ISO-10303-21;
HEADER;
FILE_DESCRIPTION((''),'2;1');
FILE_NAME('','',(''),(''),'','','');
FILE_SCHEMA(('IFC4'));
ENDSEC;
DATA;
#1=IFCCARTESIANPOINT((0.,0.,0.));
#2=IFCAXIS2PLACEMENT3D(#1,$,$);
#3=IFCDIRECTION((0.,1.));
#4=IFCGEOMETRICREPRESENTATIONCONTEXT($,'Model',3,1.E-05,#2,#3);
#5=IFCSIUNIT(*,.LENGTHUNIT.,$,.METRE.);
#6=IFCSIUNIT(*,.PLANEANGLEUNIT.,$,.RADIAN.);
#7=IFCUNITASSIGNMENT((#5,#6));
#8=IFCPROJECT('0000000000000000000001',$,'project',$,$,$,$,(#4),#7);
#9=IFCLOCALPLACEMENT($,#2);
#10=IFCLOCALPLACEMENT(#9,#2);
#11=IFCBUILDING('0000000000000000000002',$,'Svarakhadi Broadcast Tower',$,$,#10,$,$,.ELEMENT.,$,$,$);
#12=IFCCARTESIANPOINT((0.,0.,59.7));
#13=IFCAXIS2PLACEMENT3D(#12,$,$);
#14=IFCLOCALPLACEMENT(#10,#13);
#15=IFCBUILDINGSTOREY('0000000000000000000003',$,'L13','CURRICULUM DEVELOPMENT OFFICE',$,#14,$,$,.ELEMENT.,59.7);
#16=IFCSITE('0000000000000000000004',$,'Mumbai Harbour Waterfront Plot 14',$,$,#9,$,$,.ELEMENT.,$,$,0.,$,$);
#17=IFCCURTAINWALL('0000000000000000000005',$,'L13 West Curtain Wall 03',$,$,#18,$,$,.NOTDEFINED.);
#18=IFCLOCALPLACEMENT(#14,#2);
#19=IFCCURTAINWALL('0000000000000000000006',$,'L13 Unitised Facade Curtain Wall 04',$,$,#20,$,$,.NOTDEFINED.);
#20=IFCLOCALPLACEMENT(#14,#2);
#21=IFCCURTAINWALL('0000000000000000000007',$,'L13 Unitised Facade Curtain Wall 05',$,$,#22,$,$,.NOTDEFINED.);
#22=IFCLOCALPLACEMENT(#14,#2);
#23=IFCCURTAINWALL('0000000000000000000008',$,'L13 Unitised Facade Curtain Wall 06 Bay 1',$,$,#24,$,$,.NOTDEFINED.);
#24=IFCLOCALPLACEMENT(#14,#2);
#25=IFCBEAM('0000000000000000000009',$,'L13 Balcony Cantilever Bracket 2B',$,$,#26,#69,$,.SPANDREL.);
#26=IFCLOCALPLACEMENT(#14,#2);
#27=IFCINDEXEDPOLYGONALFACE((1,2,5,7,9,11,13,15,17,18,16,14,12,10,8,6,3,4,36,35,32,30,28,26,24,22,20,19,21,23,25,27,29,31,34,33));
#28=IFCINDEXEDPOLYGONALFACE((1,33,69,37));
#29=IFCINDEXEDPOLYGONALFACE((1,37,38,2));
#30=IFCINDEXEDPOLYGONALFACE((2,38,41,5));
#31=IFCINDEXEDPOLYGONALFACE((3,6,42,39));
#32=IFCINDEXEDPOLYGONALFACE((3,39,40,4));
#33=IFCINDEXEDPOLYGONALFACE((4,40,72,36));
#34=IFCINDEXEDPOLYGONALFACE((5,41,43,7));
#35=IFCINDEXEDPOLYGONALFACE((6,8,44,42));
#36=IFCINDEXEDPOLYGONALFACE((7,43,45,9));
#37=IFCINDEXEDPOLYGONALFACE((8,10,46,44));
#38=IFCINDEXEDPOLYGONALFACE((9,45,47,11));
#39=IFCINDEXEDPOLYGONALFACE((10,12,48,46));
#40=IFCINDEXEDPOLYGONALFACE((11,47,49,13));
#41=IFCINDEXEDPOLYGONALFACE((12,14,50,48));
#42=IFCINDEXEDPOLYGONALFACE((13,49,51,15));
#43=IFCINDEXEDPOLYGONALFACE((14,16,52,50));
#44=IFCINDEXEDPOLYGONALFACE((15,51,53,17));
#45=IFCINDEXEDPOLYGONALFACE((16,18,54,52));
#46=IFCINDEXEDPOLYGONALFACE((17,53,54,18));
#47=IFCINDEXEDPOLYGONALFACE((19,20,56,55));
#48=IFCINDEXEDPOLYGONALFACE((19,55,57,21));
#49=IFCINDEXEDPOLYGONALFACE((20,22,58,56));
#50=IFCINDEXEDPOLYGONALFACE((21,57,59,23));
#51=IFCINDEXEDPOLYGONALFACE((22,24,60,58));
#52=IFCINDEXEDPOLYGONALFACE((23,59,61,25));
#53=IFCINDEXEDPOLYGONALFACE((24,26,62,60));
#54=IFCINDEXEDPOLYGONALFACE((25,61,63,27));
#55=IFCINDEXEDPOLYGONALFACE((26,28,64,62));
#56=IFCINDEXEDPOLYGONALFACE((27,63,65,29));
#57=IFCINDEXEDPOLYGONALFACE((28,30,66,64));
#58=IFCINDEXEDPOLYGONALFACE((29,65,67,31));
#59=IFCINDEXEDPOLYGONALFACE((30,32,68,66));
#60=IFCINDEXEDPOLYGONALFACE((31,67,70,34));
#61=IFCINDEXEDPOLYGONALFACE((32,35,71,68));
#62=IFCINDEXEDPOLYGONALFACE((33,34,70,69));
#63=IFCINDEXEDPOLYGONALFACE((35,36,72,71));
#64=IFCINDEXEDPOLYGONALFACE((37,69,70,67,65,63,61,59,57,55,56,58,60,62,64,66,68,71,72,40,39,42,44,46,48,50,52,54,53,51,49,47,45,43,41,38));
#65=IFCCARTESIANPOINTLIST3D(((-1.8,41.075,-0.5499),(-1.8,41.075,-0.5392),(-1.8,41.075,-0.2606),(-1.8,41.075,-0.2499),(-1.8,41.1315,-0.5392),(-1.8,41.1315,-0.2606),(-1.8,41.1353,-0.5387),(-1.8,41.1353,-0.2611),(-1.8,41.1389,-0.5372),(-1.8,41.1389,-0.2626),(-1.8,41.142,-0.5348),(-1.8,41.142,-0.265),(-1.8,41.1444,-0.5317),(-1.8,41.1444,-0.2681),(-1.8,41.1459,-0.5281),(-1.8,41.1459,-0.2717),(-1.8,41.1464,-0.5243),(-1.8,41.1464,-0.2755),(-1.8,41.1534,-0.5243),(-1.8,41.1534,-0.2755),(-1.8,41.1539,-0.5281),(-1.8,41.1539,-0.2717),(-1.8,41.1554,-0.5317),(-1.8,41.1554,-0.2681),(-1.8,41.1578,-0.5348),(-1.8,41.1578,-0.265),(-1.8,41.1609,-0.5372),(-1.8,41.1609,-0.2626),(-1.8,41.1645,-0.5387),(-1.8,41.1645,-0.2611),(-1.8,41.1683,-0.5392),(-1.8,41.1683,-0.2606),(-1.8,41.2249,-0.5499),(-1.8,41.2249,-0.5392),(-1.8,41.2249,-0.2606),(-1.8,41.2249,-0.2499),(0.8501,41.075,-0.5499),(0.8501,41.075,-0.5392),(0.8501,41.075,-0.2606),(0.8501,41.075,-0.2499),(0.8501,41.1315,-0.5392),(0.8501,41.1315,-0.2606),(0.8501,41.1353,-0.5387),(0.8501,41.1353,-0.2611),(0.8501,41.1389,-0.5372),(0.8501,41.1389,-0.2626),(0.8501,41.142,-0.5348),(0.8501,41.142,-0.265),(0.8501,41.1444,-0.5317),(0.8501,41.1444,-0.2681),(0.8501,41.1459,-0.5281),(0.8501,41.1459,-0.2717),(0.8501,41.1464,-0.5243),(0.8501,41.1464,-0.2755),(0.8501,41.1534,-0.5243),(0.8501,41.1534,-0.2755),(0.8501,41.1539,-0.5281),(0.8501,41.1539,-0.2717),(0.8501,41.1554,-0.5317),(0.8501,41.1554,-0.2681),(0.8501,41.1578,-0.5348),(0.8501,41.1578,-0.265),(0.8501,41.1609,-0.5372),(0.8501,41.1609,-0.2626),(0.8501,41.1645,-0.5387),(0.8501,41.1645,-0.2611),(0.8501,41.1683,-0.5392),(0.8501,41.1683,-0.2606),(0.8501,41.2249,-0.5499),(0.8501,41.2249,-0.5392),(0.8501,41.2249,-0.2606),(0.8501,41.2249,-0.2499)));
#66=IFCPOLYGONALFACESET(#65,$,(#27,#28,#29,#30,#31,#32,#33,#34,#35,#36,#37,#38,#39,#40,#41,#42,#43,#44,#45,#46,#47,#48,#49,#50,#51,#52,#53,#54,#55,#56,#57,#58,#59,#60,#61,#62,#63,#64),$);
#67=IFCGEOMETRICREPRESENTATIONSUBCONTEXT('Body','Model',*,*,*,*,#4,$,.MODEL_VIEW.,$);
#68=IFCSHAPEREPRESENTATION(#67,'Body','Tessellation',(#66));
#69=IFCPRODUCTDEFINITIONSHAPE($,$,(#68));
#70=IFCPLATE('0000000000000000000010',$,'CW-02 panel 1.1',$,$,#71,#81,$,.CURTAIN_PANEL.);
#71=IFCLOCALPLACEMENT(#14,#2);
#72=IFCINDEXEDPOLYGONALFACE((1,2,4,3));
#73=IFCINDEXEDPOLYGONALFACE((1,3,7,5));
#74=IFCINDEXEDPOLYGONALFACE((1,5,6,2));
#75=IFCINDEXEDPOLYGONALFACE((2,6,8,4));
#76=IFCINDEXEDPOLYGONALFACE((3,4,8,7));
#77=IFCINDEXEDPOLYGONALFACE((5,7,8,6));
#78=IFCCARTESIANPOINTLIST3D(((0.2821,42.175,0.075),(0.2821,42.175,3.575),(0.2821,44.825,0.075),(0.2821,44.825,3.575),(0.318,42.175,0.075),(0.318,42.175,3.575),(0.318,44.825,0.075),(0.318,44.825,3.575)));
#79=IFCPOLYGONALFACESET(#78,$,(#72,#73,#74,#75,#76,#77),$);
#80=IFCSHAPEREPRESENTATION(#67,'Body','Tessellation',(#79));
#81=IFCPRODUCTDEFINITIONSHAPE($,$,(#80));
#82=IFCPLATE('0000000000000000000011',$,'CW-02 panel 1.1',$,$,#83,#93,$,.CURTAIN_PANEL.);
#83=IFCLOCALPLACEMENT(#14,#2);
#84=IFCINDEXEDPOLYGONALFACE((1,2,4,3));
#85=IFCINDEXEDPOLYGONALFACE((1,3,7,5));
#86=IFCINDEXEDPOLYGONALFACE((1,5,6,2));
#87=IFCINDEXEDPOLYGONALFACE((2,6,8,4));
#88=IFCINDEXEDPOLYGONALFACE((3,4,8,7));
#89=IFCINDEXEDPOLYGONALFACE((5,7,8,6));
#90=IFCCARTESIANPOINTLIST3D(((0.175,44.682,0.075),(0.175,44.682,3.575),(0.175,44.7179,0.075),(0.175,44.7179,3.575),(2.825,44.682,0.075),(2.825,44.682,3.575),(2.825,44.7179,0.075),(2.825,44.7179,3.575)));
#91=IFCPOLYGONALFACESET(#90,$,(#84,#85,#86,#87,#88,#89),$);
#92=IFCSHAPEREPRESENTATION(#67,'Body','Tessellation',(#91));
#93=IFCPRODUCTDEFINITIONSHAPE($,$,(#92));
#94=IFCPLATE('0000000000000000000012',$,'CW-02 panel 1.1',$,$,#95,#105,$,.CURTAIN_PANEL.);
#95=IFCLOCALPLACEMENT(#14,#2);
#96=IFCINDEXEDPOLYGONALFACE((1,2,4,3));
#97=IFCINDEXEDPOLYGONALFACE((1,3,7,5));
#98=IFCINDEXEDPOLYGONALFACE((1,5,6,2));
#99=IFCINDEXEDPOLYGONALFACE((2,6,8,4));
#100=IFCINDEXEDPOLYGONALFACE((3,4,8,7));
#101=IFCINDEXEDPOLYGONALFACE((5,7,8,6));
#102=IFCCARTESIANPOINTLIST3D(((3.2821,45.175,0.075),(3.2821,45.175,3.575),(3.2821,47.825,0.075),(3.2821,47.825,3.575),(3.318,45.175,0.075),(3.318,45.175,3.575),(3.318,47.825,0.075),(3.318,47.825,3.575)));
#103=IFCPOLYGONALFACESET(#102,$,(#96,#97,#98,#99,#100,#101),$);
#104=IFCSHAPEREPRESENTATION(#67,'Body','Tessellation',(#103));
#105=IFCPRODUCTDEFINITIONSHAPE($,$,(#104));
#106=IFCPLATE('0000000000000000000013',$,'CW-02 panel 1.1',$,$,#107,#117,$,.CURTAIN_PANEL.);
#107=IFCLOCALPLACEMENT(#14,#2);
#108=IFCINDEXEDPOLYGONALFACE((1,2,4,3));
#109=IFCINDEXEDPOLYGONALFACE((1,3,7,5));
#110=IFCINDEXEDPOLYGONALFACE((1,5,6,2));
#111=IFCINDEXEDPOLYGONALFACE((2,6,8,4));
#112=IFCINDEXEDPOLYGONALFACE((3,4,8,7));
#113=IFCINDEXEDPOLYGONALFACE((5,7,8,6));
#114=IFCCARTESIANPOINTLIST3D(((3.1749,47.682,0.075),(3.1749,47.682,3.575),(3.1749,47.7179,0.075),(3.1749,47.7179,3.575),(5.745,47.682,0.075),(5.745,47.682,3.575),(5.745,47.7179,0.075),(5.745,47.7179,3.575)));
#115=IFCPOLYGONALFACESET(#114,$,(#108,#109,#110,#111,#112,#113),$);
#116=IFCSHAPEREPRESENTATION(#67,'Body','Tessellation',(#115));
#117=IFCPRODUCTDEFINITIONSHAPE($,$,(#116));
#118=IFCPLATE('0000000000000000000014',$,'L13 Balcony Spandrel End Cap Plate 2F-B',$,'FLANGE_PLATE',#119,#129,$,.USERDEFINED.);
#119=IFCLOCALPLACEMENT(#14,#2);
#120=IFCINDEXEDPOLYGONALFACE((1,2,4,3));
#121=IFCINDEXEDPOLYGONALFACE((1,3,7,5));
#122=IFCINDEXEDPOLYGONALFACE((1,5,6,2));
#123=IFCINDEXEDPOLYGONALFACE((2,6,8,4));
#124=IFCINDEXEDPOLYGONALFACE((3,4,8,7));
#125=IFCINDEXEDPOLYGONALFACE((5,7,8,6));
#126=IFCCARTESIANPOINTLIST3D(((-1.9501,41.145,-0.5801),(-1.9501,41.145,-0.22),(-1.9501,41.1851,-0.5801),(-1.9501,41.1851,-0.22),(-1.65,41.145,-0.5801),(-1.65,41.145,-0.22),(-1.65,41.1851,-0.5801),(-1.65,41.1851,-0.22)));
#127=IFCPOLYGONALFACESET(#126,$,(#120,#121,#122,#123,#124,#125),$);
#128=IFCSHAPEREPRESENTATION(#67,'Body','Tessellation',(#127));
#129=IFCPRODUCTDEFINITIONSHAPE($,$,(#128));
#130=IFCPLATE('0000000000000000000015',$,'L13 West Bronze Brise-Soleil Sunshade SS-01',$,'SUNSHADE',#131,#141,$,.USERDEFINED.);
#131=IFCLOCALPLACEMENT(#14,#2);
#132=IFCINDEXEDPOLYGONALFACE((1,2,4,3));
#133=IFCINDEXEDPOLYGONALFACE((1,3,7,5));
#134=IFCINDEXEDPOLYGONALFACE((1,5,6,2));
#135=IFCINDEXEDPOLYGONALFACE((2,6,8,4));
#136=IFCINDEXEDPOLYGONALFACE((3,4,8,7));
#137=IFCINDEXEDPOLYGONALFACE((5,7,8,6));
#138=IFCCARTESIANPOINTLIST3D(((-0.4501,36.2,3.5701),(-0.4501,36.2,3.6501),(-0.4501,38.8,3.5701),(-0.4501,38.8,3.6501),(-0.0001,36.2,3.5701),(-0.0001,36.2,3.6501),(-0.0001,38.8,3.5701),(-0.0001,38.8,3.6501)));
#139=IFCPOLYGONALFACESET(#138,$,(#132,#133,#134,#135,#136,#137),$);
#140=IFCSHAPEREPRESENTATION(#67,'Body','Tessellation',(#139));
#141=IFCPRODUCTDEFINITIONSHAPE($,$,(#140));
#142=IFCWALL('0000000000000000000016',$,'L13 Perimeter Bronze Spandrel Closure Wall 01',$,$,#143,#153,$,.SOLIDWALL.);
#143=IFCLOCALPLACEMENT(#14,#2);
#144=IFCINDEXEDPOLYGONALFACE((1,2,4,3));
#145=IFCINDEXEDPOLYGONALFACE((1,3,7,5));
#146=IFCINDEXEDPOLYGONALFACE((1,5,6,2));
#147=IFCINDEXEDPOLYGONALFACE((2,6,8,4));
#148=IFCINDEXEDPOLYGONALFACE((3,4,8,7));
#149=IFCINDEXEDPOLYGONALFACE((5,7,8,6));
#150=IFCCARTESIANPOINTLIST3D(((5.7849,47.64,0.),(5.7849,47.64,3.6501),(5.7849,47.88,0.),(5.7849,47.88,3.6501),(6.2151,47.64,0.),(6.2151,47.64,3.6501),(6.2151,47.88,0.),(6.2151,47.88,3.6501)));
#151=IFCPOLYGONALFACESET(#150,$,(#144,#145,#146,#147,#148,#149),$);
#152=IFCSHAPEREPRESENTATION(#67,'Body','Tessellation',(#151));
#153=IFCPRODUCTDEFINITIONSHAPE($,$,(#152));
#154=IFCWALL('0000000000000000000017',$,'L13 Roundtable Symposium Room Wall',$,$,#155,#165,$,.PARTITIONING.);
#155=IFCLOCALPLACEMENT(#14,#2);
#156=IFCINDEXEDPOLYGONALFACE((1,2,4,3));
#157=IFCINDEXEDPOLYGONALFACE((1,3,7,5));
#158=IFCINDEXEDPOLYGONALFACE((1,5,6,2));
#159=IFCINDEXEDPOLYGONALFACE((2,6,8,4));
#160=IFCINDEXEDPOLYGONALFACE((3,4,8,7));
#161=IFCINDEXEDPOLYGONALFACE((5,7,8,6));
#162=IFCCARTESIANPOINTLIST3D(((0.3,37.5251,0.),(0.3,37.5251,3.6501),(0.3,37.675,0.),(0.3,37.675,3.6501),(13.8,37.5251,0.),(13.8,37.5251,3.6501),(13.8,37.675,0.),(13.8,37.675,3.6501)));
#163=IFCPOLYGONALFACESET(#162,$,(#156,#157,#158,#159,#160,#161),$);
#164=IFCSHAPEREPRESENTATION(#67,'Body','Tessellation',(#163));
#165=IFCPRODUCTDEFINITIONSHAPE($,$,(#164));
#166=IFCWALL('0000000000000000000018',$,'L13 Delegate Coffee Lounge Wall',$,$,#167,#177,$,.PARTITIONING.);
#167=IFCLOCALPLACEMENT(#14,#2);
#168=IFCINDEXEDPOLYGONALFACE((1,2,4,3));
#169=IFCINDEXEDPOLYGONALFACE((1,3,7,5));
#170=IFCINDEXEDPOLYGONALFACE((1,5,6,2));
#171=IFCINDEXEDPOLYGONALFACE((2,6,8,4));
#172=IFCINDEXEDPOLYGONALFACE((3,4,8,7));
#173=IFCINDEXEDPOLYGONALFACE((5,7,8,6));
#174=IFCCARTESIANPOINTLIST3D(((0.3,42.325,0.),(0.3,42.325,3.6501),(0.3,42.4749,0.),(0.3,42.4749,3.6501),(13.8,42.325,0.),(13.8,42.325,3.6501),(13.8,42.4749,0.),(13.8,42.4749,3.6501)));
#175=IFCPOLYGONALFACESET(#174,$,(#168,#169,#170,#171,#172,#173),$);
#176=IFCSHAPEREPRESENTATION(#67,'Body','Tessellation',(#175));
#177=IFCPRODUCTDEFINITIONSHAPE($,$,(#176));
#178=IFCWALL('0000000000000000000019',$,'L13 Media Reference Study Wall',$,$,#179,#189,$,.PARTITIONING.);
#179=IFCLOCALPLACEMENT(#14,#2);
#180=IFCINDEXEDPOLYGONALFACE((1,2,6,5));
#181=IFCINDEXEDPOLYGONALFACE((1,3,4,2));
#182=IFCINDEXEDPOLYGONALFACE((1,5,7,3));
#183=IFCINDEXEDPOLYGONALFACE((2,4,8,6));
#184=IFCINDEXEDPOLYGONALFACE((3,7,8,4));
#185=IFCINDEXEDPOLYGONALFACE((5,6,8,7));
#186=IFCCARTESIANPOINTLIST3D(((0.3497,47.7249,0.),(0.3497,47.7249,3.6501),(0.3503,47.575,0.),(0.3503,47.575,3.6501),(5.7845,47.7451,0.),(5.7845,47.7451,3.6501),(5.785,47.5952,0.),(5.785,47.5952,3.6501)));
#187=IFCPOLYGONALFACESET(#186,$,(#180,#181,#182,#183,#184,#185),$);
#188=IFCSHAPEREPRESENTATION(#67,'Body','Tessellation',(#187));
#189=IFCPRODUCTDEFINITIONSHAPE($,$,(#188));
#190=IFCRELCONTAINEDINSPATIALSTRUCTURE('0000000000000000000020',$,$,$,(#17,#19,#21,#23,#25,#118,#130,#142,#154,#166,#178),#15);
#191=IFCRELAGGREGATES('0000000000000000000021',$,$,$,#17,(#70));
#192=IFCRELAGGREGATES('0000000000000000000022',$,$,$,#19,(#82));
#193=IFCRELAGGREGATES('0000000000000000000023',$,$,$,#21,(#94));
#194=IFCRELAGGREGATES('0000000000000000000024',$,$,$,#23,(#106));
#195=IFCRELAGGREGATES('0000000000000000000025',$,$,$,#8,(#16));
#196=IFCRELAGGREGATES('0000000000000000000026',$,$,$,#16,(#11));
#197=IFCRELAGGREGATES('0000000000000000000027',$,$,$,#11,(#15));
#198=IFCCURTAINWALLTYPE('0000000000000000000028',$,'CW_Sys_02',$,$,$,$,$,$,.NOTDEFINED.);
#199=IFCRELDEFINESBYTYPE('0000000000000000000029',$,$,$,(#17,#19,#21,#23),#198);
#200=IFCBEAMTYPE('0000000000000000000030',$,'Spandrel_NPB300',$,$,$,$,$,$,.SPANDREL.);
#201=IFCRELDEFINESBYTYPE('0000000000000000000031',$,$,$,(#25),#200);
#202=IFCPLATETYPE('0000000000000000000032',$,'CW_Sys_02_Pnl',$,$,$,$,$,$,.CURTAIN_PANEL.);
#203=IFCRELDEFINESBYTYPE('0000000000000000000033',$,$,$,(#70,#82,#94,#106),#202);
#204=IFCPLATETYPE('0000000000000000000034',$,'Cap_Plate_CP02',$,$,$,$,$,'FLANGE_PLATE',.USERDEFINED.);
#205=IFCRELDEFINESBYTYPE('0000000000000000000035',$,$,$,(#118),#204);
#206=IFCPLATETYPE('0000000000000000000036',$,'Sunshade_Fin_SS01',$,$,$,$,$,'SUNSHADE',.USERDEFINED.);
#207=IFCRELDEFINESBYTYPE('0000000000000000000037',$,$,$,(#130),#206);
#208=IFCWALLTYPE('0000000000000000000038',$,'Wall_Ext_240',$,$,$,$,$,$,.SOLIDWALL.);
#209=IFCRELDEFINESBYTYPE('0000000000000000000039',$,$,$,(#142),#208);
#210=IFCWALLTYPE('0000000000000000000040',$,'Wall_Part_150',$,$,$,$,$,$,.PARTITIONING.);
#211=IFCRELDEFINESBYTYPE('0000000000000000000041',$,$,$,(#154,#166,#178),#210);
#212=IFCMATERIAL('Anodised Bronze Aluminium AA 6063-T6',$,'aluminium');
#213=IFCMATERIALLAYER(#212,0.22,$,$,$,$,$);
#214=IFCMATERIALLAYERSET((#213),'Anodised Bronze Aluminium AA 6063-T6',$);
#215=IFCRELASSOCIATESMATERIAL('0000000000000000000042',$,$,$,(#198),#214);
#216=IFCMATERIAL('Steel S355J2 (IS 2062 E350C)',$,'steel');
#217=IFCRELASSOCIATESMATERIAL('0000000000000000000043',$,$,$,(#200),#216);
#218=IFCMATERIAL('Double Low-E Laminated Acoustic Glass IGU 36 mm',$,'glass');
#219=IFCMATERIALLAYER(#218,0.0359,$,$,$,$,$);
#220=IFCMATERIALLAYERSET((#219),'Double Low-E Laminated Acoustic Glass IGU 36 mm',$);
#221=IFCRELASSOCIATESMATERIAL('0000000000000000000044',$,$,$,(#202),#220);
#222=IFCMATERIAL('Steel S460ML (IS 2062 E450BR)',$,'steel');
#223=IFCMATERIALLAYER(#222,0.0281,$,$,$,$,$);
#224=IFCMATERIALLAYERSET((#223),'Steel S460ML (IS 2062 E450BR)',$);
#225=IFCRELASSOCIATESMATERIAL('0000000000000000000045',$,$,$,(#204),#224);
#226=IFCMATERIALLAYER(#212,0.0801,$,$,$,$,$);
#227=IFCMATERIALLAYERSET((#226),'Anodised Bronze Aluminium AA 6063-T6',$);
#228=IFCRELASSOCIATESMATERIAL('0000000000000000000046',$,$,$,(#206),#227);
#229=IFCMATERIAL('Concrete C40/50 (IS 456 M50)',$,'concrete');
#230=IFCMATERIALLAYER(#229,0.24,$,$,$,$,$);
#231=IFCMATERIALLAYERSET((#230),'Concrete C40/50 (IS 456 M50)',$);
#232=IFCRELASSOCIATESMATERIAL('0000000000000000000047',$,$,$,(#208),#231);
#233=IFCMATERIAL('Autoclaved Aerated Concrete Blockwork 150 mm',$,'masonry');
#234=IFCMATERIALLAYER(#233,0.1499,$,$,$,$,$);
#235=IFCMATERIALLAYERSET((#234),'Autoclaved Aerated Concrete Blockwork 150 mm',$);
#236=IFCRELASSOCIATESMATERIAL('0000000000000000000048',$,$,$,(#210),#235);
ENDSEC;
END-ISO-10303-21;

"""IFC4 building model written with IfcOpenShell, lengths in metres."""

from ifc_helpers import new_model, si_unit, direction, frame, frame_2d, origin, origin_2d, place, context, subcontext, project, spatial, rectangle, i_section, extrude, material, layer, layer_set, material_profile, profile_set, type_object, element, aggregate, save


model = new_model("IFC4")

# Units and contexts
model_context = context("Model", 3, precision=1e-05, world=origin(), true_north=direction((0.0, 1.0)))
body_context = subcontext(model_context, "Body", "Model", "MODEL_VIEW")
ifc_project = project(units=[si_unit("LENGTHUNIT", "METRE"), si_unit("PLANEANGLEUNIT", "RADIAN")], contexts=[model_context])

# Site, building, storey
site_placement = place(None, origin())
site = spatial("IfcSite", under=ifc_project, at=site_placement, Name="Mumbai Harbour Waterfront Plot 14", CompositionType="ELEMENT", RefElevation=0.0)
building_placement = place(site_placement, origin())
building = spatial("IfcBuilding", under=site, at=building_placement, Name="Svarakhadi Broadcast Tower", CompositionType="ELEMENT")
storey_placement = place(building_placement, frame((0.0, 0.0, 59.7)))
storey = spatial("IfcBuildingStorey", under=building, at=storey_placement, Name="L13", Description="CURRICULUM DEVELOPMENT OFFICE", CompositionType="ELEMENT", Elevation=59.7)

# Shared definitions
ifc_material_1 = material(Name="Steel S460ML (IS 2062 E450BR)", Category="steel")

# Shared definitions
ifc_material_2 = material(Name="Steel S355J2 (IS 2062 E350C)", Category="steel")

# Curtain walls
ifc_material_3 = material(Name="Anodised Bronze Aluminium AA 6063-T6", Category="aluminium")
ifc_layer_1 = layer(ifc_material_3, 0.22)
ifc_layer_set_1 = layer_set([ifc_layer_1], Name="Anodised Bronze Aluminium AA 6063-T6")
curtain_wall_type = type_object("IfcCurtainWallType", Name="CW_Sys_02", PredefinedType="NOTDEFINED", material=ifc_layer_set_1)
curtain_wall_1_placement = place(storey_placement, origin())
curtain_wall_1 = element("IfcCurtainWall", 1, at=curtain_wall_1_placement, inside=storey, type_object=curtain_wall_type, Name="L13 West Curtain Wall 03", PredefinedType="NOTDEFINED")
curtain_wall_2_placement = place(storey_placement, origin())
curtain_wall_2 = element("IfcCurtainWall", 2, at=curtain_wall_2_placement, inside=storey, type_object=curtain_wall_type, Name="L13 Unitised Facade Curtain Wall 04", PredefinedType="NOTDEFINED")
curtain_wall_3_placement = place(storey_placement, origin())
curtain_wall_3 = element("IfcCurtainWall", 3, at=curtain_wall_3_placement, inside=storey, type_object=curtain_wall_type, Name="L13 Unitised Facade Curtain Wall 05", PredefinedType="NOTDEFINED")
curtain_wall_4_placement = place(storey_placement, origin())
curtain_wall_4 = element("IfcCurtainWall", 4, at=curtain_wall_4_placement, inside=storey, type_object=curtain_wall_type, Name="L13 Unitised Facade Curtain Wall 06 Bay 1", PredefinedType="NOTDEFINED")

# Beam
ifc_material_profile_1 = material_profile(ifc_material_2, i_section(OverallWidth=0.1499, OverallDepth=0.3, WebThickness=0.0071, FlangeThickness=0.0107, FilletRadius=0.0149, at=origin_2d()), Name="NPB 300x150x37")
ifc_profile_set_1 = profile_set([ifc_material_profile_1], Name="Steel S355J2 (IS 2062 E350C)")
beam_type_1 = type_object("IfcBeamType", Name="Spandrel_NPB300", PredefinedType="SPANDREL", material=ifc_profile_set_1)
beam_1_placement = place(storey_placement, frame((0.8501, 41.1499, -0.3999), z_axis=(-1.0, 0.0, 0.0), x_axis=(0.0, -1.0, 0.0)))
element("IfcBeam", 5, at=beam_1_placement, inside=storey, type_object=beam_type_1, Name="L13 Balcony Cantilever Bracket 2B", PredefinedType="SPANDREL", context=body_context, shape_type="SweptSolid", body=[
    extrude(i_section(OverallWidth=0.1499, OverallDepth=0.3, WebThickness=0.0071, FlangeThickness=0.0107, FilletRadius=0.0149, at=origin_2d()), origin(), (0.0, 0.0, 1.0), 2.6501),
])

# Plates
ifc_material_4 = material(Name="Double Low-E Laminated Acoustic Glass IGU 36 mm", Category="glass")
ifc_layer_2 = layer(ifc_material_4, 0.0359)
ifc_layer_set_2 = layer_set([ifc_layer_2], Name="Double Low-E Laminated Acoustic Glass IGU 36 mm")
plate_type_1 = type_object("IfcPlateType", Name="CW_Sys_02_Pnl", PredefinedType="CURTAIN_PANEL", material=ifc_layer_set_2)
plate_1_placement = place(storey_placement, frame((0.3, 43.5, 0.075), z_axis=(0.0, 0.0, 1.0), x_axis=(0.0, 1.0, 0.0)))
plate_1 = element("IfcPlate", 6, at=plate_1_placement, type_object=plate_type_1, Name="CW-02 panel 1.1", PredefinedType="CURTAIN_PANEL", context=body_context, shape_type="SweptSolid", body=[
    extrude(rectangle(XDim=2.6499, YDim=0.0359, at=origin_2d()), origin(), (0.0, 0.0, 1.0), 3.5),
])
aggregate(curtain_wall_1, [plate_1])
plate_2_placement = place(storey_placement, frame((1.5, 44.7, 0.075), z_axis=(0.0, 0.0, 1.0), x_axis=(1.0, 0.0, 0.0)))
plate_2 = element("IfcPlate", 7, at=plate_2_placement, type_object=plate_type_1, Name="CW-02 panel 1.1", PredefinedType="CURTAIN_PANEL", context=body_context, shape_type="SweptSolid", body=[
    extrude(rectangle(XDim=2.6499, YDim=0.0359, at=origin_2d()), origin(), (0.0, 0.0, 1.0), 3.5),
])
aggregate(curtain_wall_2, [plate_2])
plate_3_placement = place(storey_placement, frame((3.3, 46.5, 0.075), z_axis=(0.0, 0.0, 1.0), x_axis=(0.0, 1.0, 0.0)))
plate_3 = element("IfcPlate", 8, at=plate_3_placement, type_object=plate_type_1, Name="CW-02 panel 1.1", PredefinedType="CURTAIN_PANEL", context=body_context, shape_type="SweptSolid", body=[
    extrude(rectangle(XDim=2.6499, YDim=0.0359, at=origin_2d()), origin(), (0.0, 0.0, 1.0), 3.5),
])
aggregate(curtain_wall_3, [plate_3])
plate_4_placement = place(storey_placement, frame((4.46, 47.7, 0.075), z_axis=(0.0, 0.0, 1.0), x_axis=(1.0, 0.0, 0.0)))
plate_4 = element("IfcPlate", 9, at=plate_4_placement, type_object=plate_type_1, Name="CW-02 panel 1.1", PredefinedType="CURTAIN_PANEL", context=body_context, shape_type="SweptSolid", body=[
    extrude(rectangle(XDim=2.5701, YDim=0.0359, at=origin_2d()), origin(), (0.0, 0.0, 1.0), 3.5),
])
aggregate(curtain_wall_4, [plate_4])

# Plates
ifc_layer_3 = layer(ifc_material_1, 0.0281)
ifc_layer_set_3 = layer_set([ifc_layer_3], Name="Steel S460ML (IS 2062 E450BR)")
plate_type_2 = type_object("IfcPlateType", Name="Cap_Plate_CP02", ElementType="FLANGE_PLATE", PredefinedType="USERDEFINED", material=ifc_layer_set_3)
plate_5_placement = place(storey_placement, frame((-1.8, 41.165, -0.5801), z_axis=(0.0, 0.0, 1.0), x_axis=(1.0, 0.0, 0.0)))
element("IfcPlate", 10, at=plate_5_placement, inside=storey, type_object=plate_type_2, Name="L13 Balcony Spandrel End Cap Plate 2F-B", ObjectType="FLANGE_PLATE", PredefinedType="USERDEFINED", context=body_context, shape_type="SweptSolid", body=[
    extrude(rectangle(XDim=0.3, YDim=0.04, at=origin_2d()), origin(), (0.0, 0.0, 1.0), 0.3601),
])
ifc_layer_4 = layer(ifc_material_3, 0.0801)
ifc_layer_set_4 = layer_set([ifc_layer_4], Name="Anodised Bronze Aluminium AA 6063-T6")
plate_type_3 = type_object("IfcPlateType", Name="Sunshade_Fin_SS01", ElementType="SUNSHADE", PredefinedType="USERDEFINED", material=ifc_layer_set_4)
plate_6_placement = place(storey_placement, frame((-0.2251, 37.5, 3.5701), z_axis=(0.0, 0.0, 1.0), x_axis=(0.0, 1.0, 0.0)))
element("IfcPlate", 11, at=plate_6_placement, inside=storey, type_object=plate_type_3, Name="L13 West Bronze Brise-Soleil Sunshade SS-01", ObjectType="SUNSHADE", PredefinedType="USERDEFINED", context=body_context, shape_type="SweptSolid", body=[
    extrude(rectangle(XDim=2.6001, YDim=0.45, at=origin_2d()), origin(), (0.0, 0.0, 1.0), 0.0801),
])

# Walls
ifc_material_5 = material(Name="Concrete C40/50 (IS 456 M50)", Category="concrete")
ifc_layer_5 = layer(ifc_material_5, 0.24)
ifc_layer_set_5 = layer_set([ifc_layer_5], Name="Concrete C40/50 (IS 456 M50)")
wall_type_1 = type_object("IfcWallType", Name="Wall_Ext_240", PredefinedType="SOLIDWALL", material=ifc_layer_set_5)
wall_1_placement = place(storey_placement, frame((5.7849, 47.76, 0.0), z_axis=(0.0, 0.0, 1.0), x_axis=(1.0, 0.0, 0.0)))
element("IfcWall", 12, at=wall_1_placement, inside=storey, type_object=wall_type_1, Name="L13 Perimeter Bronze Spandrel Closure Wall 01", PredefinedType="SOLIDWALL", context=body_context, shape_type="SweptSolid", body=[
    extrude(rectangle(XDim=0.4302, YDim=0.24, at=frame_2d((0.2151, 0.0))), origin(), (0.0, 0.0, 1.0), 3.6501),
])
ifc_material_6 = material(Name="Autoclaved Aerated Concrete Blockwork 150 mm", Category="masonry")
ifc_layer_6 = layer(ifc_material_6, 0.1499)
ifc_layer_set_6 = layer_set([ifc_layer_6], Name="Autoclaved Aerated Concrete Blockwork 150 mm")
wall_type_2 = type_object("IfcWallType", Name="Wall_Part_150", PredefinedType="PARTITIONING", material=ifc_layer_set_6)
for number, where, z_axis, x_axis, name in (
    (13, (0.3, 37.6001, 0.0), (0.0, 0.0, 1.0), (1.0, 0.0, 0.0), "L13 Roundtable Symposium Room Wall"),
    (14, (0.3, 42.3999, 0.0), (0.0, 0.0, 1.0), (1.0, 0.0, 0.0), "L13 Delegate Coffee Lounge Wall"),
):
    element("IfcWall", number, at=place(storey_placement, frame(where, z_axis=z_axis, x_axis=x_axis)), inside=storey, type_object=wall_type_2, Name=name, PredefinedType="PARTITIONING", context=body_context, shape_type="SweptSolid", body=[
        extrude(rectangle(XDim=13.5, YDim=0.1499, at=frame_2d((6.75, 0.0))), origin(), (0.0, 0.0, 1.0), 3.6501),
    ])
wall_2_placement = place(storey_placement, frame((0.3501, 47.6499, 0.0), z_axis=(0.0, 0.0, 1.0), x_axis=(0.999993, 0.003728, 0.0)))
element("IfcWall", 15, at=wall_2_placement, inside=storey, type_object=wall_type_2, Name="L13 Media Reference Study Wall", PredefinedType="PARTITIONING", context=body_context, shape_type="SweptSolid", body=[
    extrude(rectangle(XDim=5.4348, YDim=0.1499, at=frame_2d((2.7173, 0.0))), origin(), (0.0, 0.0, 1.0), 3.6501),
])

save(model, "model.ifc")
